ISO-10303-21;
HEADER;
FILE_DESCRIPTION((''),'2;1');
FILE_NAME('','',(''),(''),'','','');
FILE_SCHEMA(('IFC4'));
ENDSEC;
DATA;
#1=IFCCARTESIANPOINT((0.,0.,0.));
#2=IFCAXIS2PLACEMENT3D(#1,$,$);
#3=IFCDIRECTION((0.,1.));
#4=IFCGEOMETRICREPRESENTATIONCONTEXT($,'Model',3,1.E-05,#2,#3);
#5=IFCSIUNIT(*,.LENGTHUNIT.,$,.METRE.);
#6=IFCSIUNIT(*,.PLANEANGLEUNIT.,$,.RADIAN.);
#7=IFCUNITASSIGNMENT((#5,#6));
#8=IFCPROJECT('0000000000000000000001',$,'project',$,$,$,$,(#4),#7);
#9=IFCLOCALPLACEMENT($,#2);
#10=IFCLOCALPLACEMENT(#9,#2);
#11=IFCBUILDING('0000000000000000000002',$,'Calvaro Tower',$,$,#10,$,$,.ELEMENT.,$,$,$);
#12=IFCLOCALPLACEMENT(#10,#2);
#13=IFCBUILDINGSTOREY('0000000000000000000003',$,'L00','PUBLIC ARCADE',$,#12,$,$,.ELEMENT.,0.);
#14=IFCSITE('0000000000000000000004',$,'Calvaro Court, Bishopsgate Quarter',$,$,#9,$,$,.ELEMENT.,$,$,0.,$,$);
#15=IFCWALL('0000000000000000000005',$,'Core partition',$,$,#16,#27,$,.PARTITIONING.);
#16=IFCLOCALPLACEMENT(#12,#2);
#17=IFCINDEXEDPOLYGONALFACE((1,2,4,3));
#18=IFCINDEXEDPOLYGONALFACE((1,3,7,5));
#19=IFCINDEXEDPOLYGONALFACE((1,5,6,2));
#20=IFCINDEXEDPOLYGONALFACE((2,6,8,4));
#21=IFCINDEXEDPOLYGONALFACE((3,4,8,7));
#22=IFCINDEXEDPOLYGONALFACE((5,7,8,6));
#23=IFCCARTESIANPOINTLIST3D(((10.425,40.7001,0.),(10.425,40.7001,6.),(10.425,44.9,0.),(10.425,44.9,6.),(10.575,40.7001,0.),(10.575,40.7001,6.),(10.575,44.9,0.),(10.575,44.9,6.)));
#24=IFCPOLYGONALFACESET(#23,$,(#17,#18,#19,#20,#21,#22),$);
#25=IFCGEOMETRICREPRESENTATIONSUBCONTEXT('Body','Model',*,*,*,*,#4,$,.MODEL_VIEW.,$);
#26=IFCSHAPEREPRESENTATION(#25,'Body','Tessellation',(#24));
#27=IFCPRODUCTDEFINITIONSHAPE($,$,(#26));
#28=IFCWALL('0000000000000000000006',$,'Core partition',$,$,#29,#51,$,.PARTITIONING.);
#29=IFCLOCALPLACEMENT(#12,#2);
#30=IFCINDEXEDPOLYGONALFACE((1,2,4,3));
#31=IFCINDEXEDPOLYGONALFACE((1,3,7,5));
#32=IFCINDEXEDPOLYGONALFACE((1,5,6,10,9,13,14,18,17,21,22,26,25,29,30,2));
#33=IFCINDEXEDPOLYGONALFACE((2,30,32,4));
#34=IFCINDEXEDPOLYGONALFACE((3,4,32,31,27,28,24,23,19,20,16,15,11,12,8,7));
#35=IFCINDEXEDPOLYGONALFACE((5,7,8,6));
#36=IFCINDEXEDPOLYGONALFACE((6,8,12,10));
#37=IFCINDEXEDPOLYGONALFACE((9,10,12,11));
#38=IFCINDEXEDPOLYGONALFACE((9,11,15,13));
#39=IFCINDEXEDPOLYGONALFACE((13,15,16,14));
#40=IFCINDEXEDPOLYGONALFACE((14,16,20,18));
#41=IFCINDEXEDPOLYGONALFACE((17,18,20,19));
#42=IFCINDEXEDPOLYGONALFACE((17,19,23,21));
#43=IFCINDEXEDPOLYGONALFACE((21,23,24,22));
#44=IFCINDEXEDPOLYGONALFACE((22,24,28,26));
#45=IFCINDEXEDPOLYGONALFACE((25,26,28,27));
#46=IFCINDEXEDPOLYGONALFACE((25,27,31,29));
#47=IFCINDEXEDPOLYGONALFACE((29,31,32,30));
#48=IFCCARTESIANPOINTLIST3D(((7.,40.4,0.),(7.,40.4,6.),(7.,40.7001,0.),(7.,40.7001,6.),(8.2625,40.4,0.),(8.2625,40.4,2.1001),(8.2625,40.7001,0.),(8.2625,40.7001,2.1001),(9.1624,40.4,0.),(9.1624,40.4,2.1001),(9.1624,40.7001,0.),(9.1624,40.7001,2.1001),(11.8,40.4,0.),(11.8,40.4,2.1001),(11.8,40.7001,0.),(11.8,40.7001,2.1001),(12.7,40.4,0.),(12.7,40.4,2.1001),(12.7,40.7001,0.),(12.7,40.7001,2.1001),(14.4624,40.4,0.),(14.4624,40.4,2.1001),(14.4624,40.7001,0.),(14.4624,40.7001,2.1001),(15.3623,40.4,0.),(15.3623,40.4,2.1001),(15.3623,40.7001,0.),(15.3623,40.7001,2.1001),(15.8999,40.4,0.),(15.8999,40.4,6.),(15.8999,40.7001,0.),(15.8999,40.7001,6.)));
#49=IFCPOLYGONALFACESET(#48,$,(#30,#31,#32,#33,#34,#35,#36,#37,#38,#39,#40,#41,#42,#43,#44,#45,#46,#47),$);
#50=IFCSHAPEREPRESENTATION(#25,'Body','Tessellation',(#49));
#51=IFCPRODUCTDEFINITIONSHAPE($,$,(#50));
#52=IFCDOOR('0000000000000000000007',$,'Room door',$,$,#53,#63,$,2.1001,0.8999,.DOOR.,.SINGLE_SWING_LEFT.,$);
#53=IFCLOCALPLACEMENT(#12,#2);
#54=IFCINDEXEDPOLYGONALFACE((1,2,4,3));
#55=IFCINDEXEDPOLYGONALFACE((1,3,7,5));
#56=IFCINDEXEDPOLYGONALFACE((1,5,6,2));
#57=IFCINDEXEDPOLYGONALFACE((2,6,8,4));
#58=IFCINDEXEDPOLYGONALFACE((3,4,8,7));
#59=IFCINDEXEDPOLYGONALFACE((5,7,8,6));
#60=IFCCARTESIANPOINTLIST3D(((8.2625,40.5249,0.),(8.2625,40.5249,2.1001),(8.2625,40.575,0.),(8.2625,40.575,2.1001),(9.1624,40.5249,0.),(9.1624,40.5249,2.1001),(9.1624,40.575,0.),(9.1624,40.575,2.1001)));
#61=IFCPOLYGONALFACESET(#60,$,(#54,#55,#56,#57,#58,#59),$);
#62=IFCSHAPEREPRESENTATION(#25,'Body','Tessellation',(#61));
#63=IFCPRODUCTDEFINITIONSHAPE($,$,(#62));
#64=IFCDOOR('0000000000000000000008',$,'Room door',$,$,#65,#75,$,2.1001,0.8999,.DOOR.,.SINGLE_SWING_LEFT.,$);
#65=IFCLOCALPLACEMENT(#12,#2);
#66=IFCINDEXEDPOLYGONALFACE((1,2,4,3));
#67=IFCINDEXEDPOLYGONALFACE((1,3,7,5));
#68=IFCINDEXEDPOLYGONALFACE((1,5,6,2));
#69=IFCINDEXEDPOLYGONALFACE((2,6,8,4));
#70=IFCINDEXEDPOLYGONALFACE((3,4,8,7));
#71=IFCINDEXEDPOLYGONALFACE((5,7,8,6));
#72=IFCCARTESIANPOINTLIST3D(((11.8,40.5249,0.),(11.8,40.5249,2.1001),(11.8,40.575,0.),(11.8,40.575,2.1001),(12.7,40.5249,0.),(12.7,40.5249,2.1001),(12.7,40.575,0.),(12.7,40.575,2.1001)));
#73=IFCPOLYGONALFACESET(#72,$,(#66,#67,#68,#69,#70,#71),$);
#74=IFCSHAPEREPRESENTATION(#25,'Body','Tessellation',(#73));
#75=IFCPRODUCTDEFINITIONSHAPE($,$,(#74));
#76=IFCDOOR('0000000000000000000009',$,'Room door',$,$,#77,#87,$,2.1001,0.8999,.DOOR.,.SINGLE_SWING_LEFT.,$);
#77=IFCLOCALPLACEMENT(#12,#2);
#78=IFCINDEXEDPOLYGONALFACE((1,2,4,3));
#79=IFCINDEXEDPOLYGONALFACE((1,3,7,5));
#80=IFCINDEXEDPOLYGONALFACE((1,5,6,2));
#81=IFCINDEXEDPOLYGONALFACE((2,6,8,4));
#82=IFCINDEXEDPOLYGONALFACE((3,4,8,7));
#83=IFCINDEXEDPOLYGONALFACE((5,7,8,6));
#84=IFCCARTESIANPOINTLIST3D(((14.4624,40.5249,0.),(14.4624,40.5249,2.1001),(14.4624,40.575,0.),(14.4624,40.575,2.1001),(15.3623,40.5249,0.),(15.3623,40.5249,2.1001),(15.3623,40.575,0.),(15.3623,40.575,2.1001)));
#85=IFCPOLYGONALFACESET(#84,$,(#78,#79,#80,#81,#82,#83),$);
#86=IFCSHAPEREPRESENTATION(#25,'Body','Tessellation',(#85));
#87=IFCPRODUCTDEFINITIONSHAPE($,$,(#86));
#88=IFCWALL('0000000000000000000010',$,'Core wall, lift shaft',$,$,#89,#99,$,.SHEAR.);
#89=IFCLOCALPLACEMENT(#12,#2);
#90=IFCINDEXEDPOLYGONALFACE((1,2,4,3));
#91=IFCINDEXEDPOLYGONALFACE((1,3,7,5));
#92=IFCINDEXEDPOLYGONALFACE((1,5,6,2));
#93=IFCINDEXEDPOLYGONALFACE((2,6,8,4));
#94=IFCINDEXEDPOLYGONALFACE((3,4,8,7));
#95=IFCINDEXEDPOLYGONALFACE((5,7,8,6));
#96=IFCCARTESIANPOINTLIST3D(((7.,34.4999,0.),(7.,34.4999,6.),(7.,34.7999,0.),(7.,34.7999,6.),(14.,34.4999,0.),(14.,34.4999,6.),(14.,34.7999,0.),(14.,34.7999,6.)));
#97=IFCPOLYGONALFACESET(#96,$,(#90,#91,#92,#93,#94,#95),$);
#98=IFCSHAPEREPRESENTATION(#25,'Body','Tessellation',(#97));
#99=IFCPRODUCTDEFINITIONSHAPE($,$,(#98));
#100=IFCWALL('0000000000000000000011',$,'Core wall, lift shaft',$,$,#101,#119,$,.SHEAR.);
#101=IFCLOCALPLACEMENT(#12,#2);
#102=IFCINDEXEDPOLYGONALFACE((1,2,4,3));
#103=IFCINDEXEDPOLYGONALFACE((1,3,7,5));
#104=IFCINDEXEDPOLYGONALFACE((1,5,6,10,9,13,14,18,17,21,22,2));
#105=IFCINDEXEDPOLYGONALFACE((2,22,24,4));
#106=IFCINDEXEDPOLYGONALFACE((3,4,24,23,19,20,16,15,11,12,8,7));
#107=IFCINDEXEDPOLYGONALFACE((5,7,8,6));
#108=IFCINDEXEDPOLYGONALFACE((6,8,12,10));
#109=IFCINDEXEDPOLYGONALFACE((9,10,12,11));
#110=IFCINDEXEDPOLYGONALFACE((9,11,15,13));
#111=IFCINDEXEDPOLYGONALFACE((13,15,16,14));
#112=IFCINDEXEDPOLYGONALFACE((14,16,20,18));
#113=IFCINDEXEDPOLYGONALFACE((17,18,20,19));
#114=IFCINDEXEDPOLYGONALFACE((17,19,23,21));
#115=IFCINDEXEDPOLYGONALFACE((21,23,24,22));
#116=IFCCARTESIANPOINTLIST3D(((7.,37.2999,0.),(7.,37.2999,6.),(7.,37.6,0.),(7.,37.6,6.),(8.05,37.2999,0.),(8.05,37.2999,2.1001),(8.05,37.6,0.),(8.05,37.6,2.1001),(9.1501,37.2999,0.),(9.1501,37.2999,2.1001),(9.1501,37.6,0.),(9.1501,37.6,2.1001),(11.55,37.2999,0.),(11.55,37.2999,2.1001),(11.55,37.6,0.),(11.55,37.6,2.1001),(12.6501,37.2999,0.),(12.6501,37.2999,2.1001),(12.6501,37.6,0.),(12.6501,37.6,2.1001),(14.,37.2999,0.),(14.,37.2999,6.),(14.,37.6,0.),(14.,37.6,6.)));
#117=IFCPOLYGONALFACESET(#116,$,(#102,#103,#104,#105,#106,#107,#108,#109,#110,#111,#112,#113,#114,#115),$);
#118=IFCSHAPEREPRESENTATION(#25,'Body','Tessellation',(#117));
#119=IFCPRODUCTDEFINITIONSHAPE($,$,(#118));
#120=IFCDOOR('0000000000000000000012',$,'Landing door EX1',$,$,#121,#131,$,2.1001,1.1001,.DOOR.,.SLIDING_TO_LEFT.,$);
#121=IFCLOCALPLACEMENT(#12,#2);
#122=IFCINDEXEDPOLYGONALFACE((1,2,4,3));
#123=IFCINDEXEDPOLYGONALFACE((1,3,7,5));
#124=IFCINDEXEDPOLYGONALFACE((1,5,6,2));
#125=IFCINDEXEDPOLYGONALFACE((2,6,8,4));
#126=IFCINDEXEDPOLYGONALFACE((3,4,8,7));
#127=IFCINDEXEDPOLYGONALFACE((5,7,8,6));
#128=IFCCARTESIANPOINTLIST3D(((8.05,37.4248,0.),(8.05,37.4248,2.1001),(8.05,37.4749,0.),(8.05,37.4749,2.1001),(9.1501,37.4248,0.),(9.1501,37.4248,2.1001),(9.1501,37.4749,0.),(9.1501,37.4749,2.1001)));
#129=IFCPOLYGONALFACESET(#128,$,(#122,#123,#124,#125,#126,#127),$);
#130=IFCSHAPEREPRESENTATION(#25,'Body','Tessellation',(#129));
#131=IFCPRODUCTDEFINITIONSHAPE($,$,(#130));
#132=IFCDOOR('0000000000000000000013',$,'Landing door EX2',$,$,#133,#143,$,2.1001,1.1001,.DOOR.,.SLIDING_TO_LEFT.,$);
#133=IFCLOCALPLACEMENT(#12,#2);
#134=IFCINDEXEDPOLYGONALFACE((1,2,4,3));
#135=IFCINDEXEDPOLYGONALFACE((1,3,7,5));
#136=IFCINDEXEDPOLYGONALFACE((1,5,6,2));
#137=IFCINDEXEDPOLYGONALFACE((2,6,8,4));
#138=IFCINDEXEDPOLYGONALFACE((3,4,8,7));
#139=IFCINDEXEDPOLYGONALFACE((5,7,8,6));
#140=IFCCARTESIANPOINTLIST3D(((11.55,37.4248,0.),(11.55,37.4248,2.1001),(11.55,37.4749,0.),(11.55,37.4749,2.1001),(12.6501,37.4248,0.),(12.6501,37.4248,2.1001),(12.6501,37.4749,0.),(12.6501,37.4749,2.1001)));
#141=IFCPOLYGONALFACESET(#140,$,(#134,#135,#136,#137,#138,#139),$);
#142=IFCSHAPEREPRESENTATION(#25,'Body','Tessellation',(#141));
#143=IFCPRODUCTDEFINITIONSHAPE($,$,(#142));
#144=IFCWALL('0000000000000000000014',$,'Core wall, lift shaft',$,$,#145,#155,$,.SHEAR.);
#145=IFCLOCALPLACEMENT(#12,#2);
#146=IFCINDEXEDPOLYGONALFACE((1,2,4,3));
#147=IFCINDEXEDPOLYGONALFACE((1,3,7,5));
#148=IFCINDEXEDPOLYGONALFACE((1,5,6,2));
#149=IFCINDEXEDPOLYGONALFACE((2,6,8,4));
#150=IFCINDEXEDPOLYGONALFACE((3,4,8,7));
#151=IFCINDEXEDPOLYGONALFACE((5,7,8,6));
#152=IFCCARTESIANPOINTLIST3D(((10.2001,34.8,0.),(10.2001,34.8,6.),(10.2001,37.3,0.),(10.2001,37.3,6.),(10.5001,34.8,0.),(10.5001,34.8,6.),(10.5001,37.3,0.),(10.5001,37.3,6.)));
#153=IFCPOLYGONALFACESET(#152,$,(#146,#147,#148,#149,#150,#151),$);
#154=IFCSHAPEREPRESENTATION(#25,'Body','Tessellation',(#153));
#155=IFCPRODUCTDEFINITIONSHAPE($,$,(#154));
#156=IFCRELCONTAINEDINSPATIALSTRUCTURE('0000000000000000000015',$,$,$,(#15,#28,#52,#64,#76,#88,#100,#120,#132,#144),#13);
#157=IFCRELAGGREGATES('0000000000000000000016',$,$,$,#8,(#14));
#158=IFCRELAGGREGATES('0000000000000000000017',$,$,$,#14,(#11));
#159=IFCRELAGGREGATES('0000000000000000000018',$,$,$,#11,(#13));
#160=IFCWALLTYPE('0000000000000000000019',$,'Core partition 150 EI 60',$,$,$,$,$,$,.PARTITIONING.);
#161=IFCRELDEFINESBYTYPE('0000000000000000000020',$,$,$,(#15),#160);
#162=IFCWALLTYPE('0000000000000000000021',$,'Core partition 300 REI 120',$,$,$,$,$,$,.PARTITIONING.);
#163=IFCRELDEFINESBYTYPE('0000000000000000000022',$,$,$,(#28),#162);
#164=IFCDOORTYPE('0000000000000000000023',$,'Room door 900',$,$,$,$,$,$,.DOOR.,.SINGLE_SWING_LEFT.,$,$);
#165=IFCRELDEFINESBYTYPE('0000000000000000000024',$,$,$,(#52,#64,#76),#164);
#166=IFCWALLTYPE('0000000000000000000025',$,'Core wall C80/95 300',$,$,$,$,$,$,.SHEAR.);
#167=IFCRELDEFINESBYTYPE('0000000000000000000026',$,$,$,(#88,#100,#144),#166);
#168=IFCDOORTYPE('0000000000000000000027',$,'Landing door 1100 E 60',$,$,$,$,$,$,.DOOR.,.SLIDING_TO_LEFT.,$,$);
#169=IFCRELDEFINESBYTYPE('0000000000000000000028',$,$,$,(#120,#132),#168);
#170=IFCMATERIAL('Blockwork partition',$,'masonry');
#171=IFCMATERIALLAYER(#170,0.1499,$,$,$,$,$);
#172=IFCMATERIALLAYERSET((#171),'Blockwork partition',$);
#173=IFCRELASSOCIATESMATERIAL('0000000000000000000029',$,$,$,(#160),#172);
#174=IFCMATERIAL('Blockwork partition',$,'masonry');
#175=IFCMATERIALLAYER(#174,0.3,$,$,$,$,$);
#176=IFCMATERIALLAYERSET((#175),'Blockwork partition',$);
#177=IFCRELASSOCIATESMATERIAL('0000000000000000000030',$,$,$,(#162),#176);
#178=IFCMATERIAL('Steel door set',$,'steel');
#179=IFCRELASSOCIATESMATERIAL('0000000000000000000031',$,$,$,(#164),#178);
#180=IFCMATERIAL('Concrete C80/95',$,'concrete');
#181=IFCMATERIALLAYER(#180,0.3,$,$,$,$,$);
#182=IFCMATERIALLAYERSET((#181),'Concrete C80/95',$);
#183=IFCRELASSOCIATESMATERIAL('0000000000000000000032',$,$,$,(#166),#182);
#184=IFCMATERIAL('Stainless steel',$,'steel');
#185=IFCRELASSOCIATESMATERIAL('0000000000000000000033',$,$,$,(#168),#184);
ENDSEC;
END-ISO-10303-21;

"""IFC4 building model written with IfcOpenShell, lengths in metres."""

from ifc_helpers import new_model, si_unit, direction, frame, frame_2d, origin, place, context, subcontext, project, spatial, rectangle, extrude, material, layer, layer_set, type_object, element, fill, save


model = new_model("IFC4")

# Units and contexts
model_context = context("Model", 3, precision=1e-05, world=origin(), true_north=direction((0.0, 1.0)))
body_context = subcontext(model_context, "Body", "Model", "MODEL_VIEW")
ifc_project = project(units=[si_unit("LENGTHUNIT", "METRE"), si_unit("PLANEANGLEUNIT", "RADIAN")], contexts=[model_context])

# Site, building, storey
site_placement = place(None, origin())
site = spatial("IfcSite", under=ifc_project, at=site_placement, Name="Calvaro Court, Bishopsgate Quarter", CompositionType="ELEMENT", RefElevation=0.0)
building_placement = place(site_placement, origin())
building = spatial("IfcBuilding", under=site, at=building_placement, Name="Calvaro Tower", CompositionType="ELEMENT")
storey_placement = place(building_placement, origin())
storey = spatial("IfcBuildingStorey", under=building, at=storey_placement, Name="L00", Description="PUBLIC ARCADE", CompositionType="ELEMENT", Elevation=0.0)

# Wall
ifc_material_1 = material(Name="Blockwork partition", Category="masonry")
ifc_layer_1 = layer(ifc_material_1, 0.1499)
ifc_layer_set_1 = layer_set([ifc_layer_1], Name="Blockwork partition")
wall_type_1 = type_object("IfcWallType", Name="Core partition 150 EI 60", PredefinedType="PARTITIONING", material=ifc_layer_set_1)
wall_1_placement = place(storey_placement, frame((10.5, 40.7, 0.0), z_axis=(0.0, 0.0, 1.0), x_axis=(0.0, 1.0, 0.0)))
element("IfcWall", 1, at=wall_1_placement, inside=storey, type_object=wall_type_1, Name="Core partition", PredefinedType="PARTITIONING", context=body_context, shape_type="SweptSolid", body=[
    extrude(rectangle(XDim=4.2, YDim=0.1499, at=frame_2d((2.1001, 0.0))), origin(), (0.0, 0.0, 1.0), 6.0),
])

# Wall, openings, doors
ifc_material_2 = material(Name="Blockwork partition", Category="masonry")
ifc_layer_2 = layer(ifc_material_2, 0.3)
ifc_layer_set_2 = layer_set([ifc_layer_2], Name="Blockwork partition")
wall_type_2 = type_object("IfcWallType", Name="Core partition 300 REI 120", PredefinedType="PARTITIONING", material=ifc_layer_set_2)
wall_2_placement = place(storey_placement, frame((7.0, 40.55, 0.0), z_axis=(0.0, 0.0, 1.0), x_axis=(1.0, 0.0, 0.0)))
wall_2 = element("IfcWall", 2, at=wall_2_placement, inside=storey, type_object=wall_type_2, Name="Core partition", PredefinedType="PARTITIONING", context=body_context, shape_type="SweptSolid", body=[
    extrude(rectangle(XDim=8.8999, YDim=0.3, at=frame_2d((4.45, 0.0))), origin(), (0.0, 0.0, 1.0), 6.0),
])
opening_1_placement = place(wall_2_placement, frame((1.2625, 0.0, 0.0)))
opening_1 = element("IfcOpeningElement", 3, at=opening_1_placement, cuts=wall_2, PredefinedType="OPENING", context=body_context, shape_type="SweptSolid", body=[
    extrude(rectangle(XDim=0.8999, YDim=2.1001, at=frame_2d((0.45, 1.05))), frame((0.0, 0.1599, 0.0), z_axis=(0.0, -1.0, 0.0), x_axis=(1.0, 0.0, 0.0)), (0.0, 0.0, 1.0), 0.3201),
])
opening_2_placement = place(wall_2_placement, frame((4.8, 0.0, 0.0)))
opening_2 = element("IfcOpeningElement", 4, at=opening_2_placement, cuts=wall_2, PredefinedType="OPENING", context=body_context, shape_type="SweptSolid", body=[
    extrude(rectangle(XDim=0.8999, YDim=2.1001, at=frame_2d((0.45, 1.05))), frame((0.0, 0.1599, 0.0), z_axis=(0.0, -1.0, 0.0), x_axis=(1.0, 0.0, 0.0)), (0.0, 0.0, 1.0), 0.3201),
])
opening_3_placement = place(wall_2_placement, frame((7.4624, 0.0, 0.0)))
opening_3 = element("IfcOpeningElement", 5, at=opening_3_placement, cuts=wall_2, PredefinedType="OPENING", context=body_context, shape_type="SweptSolid", body=[
    extrude(rectangle(XDim=0.8999, YDim=2.1001, at=frame_2d((0.45, 1.05))), frame((0.0, 0.1599, 0.0), z_axis=(0.0, -1.0, 0.0), x_axis=(1.0, 0.0, 0.0)), (0.0, 0.0, 1.0), 0.3201),
])
ifc_material_3 = material(Name="Steel door set", Category="steel")
door_type_1 = type_object("IfcDoorType", Name="Room door 900", OperationType="SINGLE_SWING_LEFT", PredefinedType="DOOR", material=ifc_material_3)
door_1_placement = place(opening_1_placement, origin())
door_1 = element("IfcDoor", 6, at=door_1_placement, inside=storey, type_object=door_type_1, Name="Room door", OperationType="SINGLE_SWING_LEFT", OverallHeight=2.1001, OverallWidth=0.8999, PredefinedType="DOOR", context=body_context, shape_type="SweptSolid", body=[
    extrude(rectangle(XDim=0.8999, YDim=2.1001, at=frame_2d((0.45, 1.05))), frame((0.0, 0.0249, 0.0), z_axis=(0.0, -1.0, 0.0), x_axis=(1.0, 0.0, 0.0)), (0.0, 0.0, 1.0), 0.05),
])
fill(opening_1, door_1)
door_2_placement = place(opening_2_placement, origin())
door_2 = element("IfcDoor", 7, at=door_2_placement, inside=storey, type_object=door_type_1, Name="Room door", OperationType="SINGLE_SWING_LEFT", OverallHeight=2.1001, OverallWidth=0.8999, PredefinedType="DOOR", context=body_context, shape_type="SweptSolid", body=[
    extrude(rectangle(XDim=0.8999, YDim=2.1001, at=frame_2d((0.45, 1.05))), frame((0.0, 0.0249, 0.0), z_axis=(0.0, -1.0, 0.0), x_axis=(1.0, 0.0, 0.0)), (0.0, 0.0, 1.0), 0.05),
])
fill(opening_2, door_2)
door_3_placement = place(opening_3_placement, origin())
door_3 = element("IfcDoor", 8, at=door_3_placement, inside=storey, type_object=door_type_1, Name="Room door", OperationType="SINGLE_SWING_LEFT", OverallHeight=2.1001, OverallWidth=0.8999, PredefinedType="DOOR", context=body_context, shape_type="SweptSolid", body=[
    extrude(rectangle(XDim=0.8999, YDim=2.1001, at=frame_2d((0.45, 1.05))), frame((0.0, 0.0249, 0.0), z_axis=(0.0, -1.0, 0.0), x_axis=(1.0, 0.0, 0.0)), (0.0, 0.0, 1.0), 0.05),
])
fill(opening_3, door_3)

# Wall
ifc_material_4 = material(Name="Concrete C80/95", Category="concrete")
ifc_layer_3 = layer(ifc_material_4, 0.3)
ifc_layer_set_3 = layer_set([ifc_layer_3], Name="Concrete C80/95")
wall_type_3 = type_object("IfcWallType", Name="Core wall C80/95 300", PredefinedType="SHEAR", material=ifc_layer_set_3)
wall_3_placement = place(storey_placement, frame((7.0, 34.6499, 0.0), z_axis=(0.0, 0.0, 1.0), x_axis=(1.0, 0.0, 0.0)))
element("IfcWall", 9, at=wall_3_placement, inside=storey, type_object=wall_type_3, Name="Core wall, lift shaft", PredefinedType="SHEAR", context=body_context, shape_type="SweptSolid", body=[
    extrude(rectangle(XDim=7.0, YDim=0.3, at=frame_2d((3.5, 0.0))), origin(), (0.0, 0.0, 1.0), 6.0),
])

# Wall, openings, doors
wall_4_placement = place(storey_placement, frame((7.0, 37.45, 0.0), z_axis=(0.0, 0.0, 1.0), x_axis=(1.0, 0.0, 0.0)))
wall_4 = element("IfcWall", 10, at=wall_4_placement, inside=storey, type_object=wall_type_3, Name="Core wall, lift shaft", PredefinedType="SHEAR", context=body_context, shape_type="SweptSolid", body=[
    extrude(rectangle(XDim=7.0, YDim=0.3, at=frame_2d((3.5, 0.0))), origin(), (0.0, 0.0, 1.0), 6.0),
])
opening_4_placement = place(wall_4_placement, frame((1.05, 0.0, 0.0)))
opening_4 = element("IfcOpeningElement", 11, at=opening_4_placement, cuts=wall_4, PredefinedType="OPENING", context=body_context, shape_type="SweptSolid", body=[
    extrude(rectangle(XDim=1.1001, YDim=2.1001, at=frame_2d((0.55, 1.05))), frame((0.0, 0.1599, 0.0), z_axis=(0.0, -1.0, 0.0), x_axis=(1.0, 0.0, 0.0)), (0.0, 0.0, 1.0), 0.3201),
])
opening_5_placement = place(wall_4_placement, frame((4.55, 0.0, 0.0)))
opening_5 = element("IfcOpeningElement", 12, at=opening_5_placement, cuts=wall_4, PredefinedType="OPENING", context=body_context, shape_type="SweptSolid", body=[
    extrude(rectangle(XDim=1.1001, YDim=2.1001, at=frame_2d((0.55, 1.05))), frame((0.0, 0.1599, 0.0), z_axis=(0.0, -1.0, 0.0), x_axis=(1.0, 0.0, 0.0)), (0.0, 0.0, 1.0), 0.3201),
])
ifc_material_5 = material(Name="Stainless steel", Category="steel")
door_type_2 = type_object("IfcDoorType", Name="Landing door 1100 E 60", OperationType="SLIDING_TO_LEFT", PredefinedType="DOOR", material=ifc_material_5)
door_4_placement = place(opening_4_placement, origin())
door_4 = element("IfcDoor", 13, at=door_4_placement, inside=storey, type_object=door_type_2, Name="Landing door EX1", OperationType="SLIDING_TO_LEFT", OverallHeight=2.1001, OverallWidth=1.1001, PredefinedType="DOOR", context=body_context, shape_type="SweptSolid", body=[
    extrude(rectangle(XDim=1.1001, YDim=2.1001, at=frame_2d((0.55, 1.05))), frame((0.0, 0.0249, 0.0), z_axis=(0.0, -1.0, 0.0), x_axis=(1.0, 0.0, 0.0)), (0.0, 0.0, 1.0), 0.05),
])
fill(opening_4, door_4)
door_5_placement = place(opening_5_placement, origin())
door_5 = element("IfcDoor", 14, at=door_5_placement, inside=storey, type_object=door_type_2, Name="Landing door EX2", OperationType="SLIDING_TO_LEFT", OverallHeight=2.1001, OverallWidth=1.1001, PredefinedType="DOOR", context=body_context, shape_type="SweptSolid", body=[
    extrude(rectangle(XDim=1.1001, YDim=2.1001, at=frame_2d((0.55, 1.05))), frame((0.0, 0.0249, 0.0), z_axis=(0.0, -1.0, 0.0), x_axis=(1.0, 0.0, 0.0)), (0.0, 0.0, 1.0), 0.05),
])
fill(opening_5, door_5)

# Wall
wall_5_placement = place(storey_placement, frame((10.3501, 34.8, 0.0), z_axis=(0.0, 0.0, 1.0), x_axis=(0.0, 1.0, 0.0)))
element("IfcWall", 15, at=wall_5_placement, inside=storey, type_object=wall_type_3, Name="Core wall, lift shaft", PredefinedType="SHEAR", context=body_context, shape_type="SweptSolid", body=[
    extrude(rectangle(XDim=2.5, YDim=0.3, at=frame_2d((1.25, 0.0))), origin(), (0.0, 0.0, 1.0), 6.0),
])

save(model, "model.ifc")
